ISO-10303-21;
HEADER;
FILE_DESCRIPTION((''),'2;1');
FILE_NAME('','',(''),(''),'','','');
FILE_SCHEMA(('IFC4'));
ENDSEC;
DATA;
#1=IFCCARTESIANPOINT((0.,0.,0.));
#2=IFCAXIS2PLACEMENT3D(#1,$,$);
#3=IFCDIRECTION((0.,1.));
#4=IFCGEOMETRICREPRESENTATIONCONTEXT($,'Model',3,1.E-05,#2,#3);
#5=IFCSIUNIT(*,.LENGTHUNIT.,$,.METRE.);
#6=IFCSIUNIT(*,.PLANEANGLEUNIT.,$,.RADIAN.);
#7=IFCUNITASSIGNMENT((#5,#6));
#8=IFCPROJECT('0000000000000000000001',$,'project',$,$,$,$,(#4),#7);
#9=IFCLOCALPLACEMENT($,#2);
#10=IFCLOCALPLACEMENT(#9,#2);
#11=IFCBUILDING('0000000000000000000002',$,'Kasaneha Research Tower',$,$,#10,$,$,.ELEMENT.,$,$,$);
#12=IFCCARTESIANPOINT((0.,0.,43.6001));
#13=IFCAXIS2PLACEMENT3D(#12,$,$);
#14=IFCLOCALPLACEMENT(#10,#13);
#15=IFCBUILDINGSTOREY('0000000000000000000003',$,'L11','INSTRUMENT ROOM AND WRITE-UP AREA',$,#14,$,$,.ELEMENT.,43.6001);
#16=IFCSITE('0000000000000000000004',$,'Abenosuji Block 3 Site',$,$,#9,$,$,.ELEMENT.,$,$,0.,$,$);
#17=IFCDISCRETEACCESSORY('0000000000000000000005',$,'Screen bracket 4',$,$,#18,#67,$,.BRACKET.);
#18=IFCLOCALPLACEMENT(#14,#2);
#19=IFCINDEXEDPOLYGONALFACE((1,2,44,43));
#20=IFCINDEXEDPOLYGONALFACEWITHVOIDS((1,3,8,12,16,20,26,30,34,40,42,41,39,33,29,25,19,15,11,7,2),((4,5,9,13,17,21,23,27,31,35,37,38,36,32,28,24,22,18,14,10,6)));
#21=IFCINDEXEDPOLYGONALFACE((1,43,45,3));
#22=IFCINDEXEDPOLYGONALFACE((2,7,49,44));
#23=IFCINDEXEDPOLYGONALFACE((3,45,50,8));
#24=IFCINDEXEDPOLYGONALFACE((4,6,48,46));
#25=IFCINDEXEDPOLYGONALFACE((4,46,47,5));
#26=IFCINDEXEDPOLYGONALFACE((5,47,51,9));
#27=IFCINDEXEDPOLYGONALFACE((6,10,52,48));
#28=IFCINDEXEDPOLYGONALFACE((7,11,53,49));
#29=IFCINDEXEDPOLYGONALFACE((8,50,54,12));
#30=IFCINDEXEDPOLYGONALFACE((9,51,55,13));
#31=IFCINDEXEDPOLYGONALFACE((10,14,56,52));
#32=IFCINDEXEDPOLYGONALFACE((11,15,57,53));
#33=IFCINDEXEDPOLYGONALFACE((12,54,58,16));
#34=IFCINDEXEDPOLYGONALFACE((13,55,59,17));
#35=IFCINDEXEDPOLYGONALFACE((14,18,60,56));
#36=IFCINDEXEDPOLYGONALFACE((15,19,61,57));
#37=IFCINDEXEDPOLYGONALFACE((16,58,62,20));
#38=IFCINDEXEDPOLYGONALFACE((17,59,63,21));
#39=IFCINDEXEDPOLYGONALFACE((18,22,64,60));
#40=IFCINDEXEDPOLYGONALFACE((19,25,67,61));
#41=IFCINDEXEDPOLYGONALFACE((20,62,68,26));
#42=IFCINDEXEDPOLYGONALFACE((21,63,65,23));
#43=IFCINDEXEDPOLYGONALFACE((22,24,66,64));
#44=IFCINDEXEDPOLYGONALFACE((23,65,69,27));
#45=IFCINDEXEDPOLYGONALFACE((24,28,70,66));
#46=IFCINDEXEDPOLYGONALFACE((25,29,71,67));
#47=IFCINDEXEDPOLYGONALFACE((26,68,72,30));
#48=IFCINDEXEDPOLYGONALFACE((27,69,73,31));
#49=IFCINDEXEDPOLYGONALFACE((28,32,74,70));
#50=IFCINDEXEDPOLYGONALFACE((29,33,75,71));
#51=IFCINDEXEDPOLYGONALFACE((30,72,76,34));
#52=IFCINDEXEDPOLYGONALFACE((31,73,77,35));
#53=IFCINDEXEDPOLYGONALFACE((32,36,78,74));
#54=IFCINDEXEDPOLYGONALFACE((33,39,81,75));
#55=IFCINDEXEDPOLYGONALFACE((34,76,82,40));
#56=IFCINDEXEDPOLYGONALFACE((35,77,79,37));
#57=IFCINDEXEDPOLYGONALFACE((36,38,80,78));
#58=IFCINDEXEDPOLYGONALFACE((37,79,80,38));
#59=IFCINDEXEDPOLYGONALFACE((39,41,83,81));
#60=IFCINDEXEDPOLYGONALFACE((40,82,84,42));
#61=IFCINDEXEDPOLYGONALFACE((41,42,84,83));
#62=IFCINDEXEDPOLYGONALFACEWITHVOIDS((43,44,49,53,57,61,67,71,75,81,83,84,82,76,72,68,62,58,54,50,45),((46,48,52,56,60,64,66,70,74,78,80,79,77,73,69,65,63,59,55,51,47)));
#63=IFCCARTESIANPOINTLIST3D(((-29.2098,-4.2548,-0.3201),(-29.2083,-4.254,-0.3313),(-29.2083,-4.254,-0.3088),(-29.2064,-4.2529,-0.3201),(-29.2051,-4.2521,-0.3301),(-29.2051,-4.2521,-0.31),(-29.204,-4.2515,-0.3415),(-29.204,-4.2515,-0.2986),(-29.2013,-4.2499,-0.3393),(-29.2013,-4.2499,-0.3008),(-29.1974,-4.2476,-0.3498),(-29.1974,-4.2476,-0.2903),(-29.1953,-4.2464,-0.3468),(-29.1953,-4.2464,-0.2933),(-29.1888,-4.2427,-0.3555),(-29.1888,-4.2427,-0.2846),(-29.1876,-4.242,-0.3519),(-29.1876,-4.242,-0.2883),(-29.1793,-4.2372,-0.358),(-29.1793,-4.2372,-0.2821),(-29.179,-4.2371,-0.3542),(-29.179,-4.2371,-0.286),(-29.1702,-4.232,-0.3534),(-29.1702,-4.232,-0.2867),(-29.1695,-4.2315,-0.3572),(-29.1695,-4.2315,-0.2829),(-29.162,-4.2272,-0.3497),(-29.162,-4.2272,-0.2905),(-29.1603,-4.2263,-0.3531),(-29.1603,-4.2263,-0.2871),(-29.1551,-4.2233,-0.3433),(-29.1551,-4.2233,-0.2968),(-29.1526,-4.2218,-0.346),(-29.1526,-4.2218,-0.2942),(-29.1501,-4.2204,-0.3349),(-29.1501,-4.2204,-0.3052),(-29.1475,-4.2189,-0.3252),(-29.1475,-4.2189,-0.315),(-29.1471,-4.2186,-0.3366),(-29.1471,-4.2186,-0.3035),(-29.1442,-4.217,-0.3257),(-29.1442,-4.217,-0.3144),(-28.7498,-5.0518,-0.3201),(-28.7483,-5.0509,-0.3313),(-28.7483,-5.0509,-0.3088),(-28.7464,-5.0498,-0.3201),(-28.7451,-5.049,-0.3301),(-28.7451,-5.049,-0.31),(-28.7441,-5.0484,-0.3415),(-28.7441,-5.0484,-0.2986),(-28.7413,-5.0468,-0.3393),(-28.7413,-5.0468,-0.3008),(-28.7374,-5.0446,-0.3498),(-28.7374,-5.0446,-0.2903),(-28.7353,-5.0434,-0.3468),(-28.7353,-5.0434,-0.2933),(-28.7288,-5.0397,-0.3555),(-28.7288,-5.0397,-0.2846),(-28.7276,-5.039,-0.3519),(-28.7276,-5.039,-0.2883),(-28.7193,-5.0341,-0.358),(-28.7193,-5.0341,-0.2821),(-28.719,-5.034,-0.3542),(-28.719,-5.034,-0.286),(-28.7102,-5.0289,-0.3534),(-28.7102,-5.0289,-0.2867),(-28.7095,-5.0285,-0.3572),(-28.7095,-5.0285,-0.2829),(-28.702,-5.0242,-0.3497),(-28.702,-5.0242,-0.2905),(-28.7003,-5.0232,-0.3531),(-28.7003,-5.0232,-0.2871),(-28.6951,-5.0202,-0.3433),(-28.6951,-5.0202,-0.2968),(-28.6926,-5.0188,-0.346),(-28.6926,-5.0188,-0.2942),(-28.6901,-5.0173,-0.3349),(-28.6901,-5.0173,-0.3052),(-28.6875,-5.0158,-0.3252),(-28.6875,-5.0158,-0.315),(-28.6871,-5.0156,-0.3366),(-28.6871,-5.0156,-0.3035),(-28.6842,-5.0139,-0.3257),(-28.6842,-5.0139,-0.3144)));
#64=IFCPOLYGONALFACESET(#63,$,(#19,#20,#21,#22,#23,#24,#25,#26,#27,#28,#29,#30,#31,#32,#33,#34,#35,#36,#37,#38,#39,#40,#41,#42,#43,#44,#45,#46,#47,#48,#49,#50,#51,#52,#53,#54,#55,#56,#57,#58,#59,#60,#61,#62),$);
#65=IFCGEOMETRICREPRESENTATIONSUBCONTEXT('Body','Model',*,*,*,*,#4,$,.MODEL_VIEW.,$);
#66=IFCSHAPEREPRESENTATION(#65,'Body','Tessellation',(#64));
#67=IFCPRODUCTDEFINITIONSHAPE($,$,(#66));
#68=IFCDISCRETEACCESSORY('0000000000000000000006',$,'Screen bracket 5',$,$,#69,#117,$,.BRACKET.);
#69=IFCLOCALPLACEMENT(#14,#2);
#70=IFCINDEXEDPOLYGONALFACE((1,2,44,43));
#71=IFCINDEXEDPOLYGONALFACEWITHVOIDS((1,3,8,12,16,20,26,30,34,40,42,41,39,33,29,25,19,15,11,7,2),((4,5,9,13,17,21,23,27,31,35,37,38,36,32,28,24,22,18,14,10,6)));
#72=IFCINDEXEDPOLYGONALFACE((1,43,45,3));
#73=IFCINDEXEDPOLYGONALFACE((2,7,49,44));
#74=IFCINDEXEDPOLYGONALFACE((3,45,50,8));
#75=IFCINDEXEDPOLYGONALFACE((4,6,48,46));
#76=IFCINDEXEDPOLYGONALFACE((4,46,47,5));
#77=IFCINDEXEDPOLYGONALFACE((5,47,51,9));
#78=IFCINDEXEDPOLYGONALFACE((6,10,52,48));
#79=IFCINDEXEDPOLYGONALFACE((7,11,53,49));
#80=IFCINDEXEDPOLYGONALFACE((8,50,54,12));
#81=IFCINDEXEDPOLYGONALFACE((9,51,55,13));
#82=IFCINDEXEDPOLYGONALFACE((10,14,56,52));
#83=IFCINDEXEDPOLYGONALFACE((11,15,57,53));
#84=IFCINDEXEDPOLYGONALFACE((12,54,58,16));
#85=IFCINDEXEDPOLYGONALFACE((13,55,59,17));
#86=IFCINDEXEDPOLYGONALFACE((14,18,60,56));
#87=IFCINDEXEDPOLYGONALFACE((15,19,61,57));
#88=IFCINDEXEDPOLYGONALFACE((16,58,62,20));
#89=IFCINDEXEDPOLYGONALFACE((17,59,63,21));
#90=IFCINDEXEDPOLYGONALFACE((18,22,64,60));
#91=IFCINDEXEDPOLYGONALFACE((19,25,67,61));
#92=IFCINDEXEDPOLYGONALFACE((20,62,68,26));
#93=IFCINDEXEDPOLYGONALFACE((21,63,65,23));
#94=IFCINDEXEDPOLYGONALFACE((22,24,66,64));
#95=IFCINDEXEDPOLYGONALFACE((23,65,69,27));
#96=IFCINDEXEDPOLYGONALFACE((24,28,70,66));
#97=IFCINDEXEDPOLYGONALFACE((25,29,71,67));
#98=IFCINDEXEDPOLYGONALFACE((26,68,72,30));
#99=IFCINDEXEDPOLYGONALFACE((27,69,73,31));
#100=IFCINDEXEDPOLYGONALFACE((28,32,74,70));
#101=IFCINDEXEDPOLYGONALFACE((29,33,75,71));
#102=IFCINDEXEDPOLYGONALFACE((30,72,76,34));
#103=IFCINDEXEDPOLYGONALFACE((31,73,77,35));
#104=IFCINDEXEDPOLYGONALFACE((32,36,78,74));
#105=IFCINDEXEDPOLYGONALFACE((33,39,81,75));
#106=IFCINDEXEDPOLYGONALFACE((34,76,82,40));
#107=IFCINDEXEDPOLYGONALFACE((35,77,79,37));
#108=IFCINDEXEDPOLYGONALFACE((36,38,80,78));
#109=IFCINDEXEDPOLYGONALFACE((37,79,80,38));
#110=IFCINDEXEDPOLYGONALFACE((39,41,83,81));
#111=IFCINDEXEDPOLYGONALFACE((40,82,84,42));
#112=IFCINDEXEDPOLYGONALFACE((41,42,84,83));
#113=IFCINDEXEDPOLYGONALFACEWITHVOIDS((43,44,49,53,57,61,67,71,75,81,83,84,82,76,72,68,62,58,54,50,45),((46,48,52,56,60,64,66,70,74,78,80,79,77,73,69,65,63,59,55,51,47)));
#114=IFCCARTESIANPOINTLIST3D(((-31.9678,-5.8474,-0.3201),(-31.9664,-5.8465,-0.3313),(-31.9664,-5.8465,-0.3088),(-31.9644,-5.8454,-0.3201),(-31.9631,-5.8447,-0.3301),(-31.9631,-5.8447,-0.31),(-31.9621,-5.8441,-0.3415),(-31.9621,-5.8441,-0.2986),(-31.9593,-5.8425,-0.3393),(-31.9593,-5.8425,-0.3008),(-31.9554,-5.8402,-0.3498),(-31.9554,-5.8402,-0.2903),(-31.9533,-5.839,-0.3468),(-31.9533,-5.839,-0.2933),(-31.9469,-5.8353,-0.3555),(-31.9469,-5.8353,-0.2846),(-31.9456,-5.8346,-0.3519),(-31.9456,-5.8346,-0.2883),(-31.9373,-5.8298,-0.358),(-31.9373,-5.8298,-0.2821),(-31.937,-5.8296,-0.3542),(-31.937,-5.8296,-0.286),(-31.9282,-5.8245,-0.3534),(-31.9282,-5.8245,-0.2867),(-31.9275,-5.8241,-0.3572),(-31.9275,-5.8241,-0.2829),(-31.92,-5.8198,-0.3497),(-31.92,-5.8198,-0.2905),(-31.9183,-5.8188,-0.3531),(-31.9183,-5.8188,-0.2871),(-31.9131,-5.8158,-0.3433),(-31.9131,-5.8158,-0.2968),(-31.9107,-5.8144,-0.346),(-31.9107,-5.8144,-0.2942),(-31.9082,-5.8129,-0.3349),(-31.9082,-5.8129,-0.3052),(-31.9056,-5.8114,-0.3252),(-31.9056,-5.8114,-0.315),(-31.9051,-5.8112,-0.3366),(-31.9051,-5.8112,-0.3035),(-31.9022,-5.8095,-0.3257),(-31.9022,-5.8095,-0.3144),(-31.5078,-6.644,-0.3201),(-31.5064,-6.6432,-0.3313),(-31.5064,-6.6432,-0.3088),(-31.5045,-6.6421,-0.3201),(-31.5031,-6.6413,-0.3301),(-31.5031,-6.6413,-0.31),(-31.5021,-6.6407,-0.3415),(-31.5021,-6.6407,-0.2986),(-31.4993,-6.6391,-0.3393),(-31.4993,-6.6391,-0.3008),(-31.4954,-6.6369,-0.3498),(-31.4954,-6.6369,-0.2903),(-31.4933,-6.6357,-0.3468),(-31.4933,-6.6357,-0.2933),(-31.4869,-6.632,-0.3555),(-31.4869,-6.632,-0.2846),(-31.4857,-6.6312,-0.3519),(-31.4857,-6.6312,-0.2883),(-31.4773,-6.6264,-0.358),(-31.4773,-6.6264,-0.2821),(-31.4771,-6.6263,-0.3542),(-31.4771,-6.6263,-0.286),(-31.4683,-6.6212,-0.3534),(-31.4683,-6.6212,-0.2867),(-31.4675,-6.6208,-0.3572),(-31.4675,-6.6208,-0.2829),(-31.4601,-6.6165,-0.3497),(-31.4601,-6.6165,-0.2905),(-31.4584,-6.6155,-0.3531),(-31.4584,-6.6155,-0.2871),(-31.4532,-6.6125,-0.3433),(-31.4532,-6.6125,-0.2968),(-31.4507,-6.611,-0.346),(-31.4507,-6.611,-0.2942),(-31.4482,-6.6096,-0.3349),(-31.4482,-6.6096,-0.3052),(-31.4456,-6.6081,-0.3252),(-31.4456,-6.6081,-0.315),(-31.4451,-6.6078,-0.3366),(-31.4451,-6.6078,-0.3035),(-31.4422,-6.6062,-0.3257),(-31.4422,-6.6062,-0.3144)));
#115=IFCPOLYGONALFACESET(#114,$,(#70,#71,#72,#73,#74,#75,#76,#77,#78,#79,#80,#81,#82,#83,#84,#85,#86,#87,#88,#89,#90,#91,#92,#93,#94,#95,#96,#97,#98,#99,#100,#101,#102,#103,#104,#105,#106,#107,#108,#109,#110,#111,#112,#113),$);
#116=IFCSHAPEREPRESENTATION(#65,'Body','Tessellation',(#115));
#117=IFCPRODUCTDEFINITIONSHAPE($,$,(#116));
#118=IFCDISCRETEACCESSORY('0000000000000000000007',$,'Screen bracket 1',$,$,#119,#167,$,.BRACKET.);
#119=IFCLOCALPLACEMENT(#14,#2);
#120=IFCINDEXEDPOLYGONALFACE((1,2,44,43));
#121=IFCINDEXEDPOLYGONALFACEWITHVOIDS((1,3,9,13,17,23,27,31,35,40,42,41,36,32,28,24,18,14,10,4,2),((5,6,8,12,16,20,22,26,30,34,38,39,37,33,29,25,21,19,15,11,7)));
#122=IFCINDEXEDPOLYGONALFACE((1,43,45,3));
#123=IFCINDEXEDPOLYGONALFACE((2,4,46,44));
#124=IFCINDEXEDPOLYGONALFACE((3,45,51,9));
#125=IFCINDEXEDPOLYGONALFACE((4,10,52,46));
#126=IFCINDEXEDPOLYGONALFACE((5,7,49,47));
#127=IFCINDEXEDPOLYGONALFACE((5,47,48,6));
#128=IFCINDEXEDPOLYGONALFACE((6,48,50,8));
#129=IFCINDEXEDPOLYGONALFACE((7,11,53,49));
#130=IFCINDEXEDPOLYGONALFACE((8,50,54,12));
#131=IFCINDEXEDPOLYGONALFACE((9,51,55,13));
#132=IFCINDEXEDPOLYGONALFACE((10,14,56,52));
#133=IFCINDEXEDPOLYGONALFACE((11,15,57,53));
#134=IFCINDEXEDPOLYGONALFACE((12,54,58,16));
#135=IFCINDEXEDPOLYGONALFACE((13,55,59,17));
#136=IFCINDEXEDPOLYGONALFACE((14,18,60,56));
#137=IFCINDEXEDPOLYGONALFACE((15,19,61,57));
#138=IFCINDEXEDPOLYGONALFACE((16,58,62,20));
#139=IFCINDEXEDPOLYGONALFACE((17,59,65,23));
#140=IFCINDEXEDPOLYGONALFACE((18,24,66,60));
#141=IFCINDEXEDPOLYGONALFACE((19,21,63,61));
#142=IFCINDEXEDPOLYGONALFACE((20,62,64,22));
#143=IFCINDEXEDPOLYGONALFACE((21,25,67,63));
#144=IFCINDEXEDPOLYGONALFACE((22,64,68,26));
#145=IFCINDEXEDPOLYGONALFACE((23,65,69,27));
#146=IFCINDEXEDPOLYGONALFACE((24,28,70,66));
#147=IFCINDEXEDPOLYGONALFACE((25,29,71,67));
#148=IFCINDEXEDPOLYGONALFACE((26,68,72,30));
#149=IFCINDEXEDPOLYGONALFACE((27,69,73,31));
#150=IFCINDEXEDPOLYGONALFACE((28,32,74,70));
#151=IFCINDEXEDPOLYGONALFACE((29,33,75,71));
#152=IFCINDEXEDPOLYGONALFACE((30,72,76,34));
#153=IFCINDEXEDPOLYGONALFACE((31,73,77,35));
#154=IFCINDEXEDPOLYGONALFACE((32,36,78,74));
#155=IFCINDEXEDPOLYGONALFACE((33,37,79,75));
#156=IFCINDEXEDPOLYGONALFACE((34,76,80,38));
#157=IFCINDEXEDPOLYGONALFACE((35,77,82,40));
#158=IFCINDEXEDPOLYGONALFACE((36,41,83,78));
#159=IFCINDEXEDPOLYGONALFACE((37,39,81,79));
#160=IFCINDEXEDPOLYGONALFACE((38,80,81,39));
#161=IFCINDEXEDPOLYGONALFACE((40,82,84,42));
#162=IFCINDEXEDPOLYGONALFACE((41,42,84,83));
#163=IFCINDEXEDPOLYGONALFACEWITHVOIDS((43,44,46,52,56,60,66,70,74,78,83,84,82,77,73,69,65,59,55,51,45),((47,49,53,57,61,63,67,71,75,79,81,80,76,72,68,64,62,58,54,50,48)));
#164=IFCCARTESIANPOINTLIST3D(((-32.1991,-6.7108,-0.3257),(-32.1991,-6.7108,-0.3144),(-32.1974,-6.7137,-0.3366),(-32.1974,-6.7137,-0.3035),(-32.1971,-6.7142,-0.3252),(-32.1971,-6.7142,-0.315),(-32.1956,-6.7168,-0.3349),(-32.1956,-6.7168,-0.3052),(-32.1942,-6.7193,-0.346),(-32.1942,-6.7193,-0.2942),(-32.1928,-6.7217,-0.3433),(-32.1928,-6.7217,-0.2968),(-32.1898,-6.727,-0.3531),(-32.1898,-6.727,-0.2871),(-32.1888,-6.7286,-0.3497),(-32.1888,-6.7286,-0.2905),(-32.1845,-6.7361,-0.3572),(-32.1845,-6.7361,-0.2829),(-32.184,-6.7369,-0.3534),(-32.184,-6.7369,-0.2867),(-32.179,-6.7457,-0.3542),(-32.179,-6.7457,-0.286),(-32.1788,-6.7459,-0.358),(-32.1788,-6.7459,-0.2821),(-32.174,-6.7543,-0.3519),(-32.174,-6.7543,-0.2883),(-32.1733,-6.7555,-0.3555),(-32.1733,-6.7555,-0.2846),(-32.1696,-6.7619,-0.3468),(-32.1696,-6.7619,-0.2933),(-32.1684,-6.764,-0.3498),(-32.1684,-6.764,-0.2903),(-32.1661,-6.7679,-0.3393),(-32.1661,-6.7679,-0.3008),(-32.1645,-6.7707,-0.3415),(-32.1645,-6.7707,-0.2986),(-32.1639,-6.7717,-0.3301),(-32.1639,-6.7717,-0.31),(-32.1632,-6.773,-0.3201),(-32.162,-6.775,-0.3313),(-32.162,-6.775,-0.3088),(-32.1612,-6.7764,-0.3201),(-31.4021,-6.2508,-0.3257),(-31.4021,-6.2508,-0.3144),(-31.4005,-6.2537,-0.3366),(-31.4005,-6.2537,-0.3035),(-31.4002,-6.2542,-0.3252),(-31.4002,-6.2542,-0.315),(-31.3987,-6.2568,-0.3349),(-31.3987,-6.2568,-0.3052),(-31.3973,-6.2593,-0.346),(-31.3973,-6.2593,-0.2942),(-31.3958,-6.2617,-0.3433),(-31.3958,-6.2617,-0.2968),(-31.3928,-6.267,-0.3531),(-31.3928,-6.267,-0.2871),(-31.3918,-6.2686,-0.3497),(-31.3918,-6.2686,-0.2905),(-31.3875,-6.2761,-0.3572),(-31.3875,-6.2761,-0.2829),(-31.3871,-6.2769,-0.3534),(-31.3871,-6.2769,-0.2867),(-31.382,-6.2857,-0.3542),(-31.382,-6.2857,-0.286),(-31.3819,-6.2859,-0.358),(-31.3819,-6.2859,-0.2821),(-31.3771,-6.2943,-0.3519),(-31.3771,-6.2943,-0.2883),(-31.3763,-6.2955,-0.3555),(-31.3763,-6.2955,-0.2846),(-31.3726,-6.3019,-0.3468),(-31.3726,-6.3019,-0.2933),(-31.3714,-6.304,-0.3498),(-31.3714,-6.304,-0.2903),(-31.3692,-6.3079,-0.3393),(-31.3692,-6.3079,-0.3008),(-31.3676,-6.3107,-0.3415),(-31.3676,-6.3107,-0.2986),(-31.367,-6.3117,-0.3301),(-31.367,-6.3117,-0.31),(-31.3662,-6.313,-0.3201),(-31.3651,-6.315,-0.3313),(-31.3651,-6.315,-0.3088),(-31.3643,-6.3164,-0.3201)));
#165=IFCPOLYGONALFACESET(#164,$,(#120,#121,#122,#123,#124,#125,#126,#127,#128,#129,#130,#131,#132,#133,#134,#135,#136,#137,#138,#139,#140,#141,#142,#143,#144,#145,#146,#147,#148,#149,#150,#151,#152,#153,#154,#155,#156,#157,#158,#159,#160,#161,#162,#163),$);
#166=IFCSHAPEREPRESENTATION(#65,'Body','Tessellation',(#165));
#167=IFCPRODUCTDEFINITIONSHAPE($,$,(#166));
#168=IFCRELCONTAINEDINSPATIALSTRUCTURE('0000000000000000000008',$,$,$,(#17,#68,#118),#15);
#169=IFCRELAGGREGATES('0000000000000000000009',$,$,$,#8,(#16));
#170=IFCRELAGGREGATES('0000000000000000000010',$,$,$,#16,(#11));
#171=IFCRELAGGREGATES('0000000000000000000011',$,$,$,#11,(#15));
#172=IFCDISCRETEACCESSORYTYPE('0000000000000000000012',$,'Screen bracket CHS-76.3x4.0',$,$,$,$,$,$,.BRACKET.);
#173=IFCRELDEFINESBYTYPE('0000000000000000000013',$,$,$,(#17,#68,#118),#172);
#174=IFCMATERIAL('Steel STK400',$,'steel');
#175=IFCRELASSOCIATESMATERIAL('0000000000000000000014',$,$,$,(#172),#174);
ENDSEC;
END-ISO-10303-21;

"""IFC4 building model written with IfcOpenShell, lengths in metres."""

from ifc_helpers import new_model, si_unit, direction, frame, origin, origin_2d, place, context, subcontext, project, spatial, hollow_circle, extrude, material, material_profile, profile_set, type_object, element, save


model = new_model("IFC4")

# Units and contexts
model_context = context("Model", 3, precision=1e-05, world=origin(), true_north=direction((0.0, 1.0)))
body_context = subcontext(model_context, "Body", "Model", "MODEL_VIEW")
ifc_project = project(units=[si_unit("LENGTHUNIT", "METRE"), si_unit("PLANEANGLEUNIT", "RADIAN")], contexts=[model_context])

# Site, building, storey
site_placement = place(None, origin())
site = spatial("IfcSite", under=ifc_project, at=site_placement, Name="Abenosuji Block 3 Site", CompositionType="ELEMENT", RefElevation=0.0)
building_placement = place(site_placement, origin())
building = spatial("IfcBuilding", under=site, at=building_placement, Name="Kasaneha Research Tower", CompositionType="ELEMENT")
storey_placement = place(building_placement, frame((0.0, 0.0, 43.6001)))
storey = spatial("IfcBuildingStorey", under=building, at=storey_placement, Name="L11", Description="INSTRUMENT ROOM AND WRITE-UP AREA", CompositionType="ELEMENT", Elevation=43.6001)

# Discrete accessories
ifc_material_1 = material(Name="Steel STK400", Category="steel")
ifc_material_profile_1 = material_profile(ifc_material_1, hollow_circle(Radius=0.0381, WallThickness=0.0039, at=origin_2d()), Name="CHS-76.3x4.0")
ifc_profile_set_1 = profile_set([ifc_material_profile_1], Name="Steel STK400")
discrete_accessory_type = type_object("IfcDiscreteAccessoryType", Name="Screen bracket CHS-76.3x4.0", PredefinedType="BRACKET", material=ifc_profile_set_1)
discrete_accessory_1_placement = place(storey_placement, frame((-28.7168, -5.0327, -0.3201), z_axis=(-0.499906, 0.86608, 0.0), x_axis=(-0.86608, -0.499906, 0.0)))
element("IfcDiscreteAccessory", 1, at=discrete_accessory_1_placement, inside=storey, type_object=discrete_accessory_type, Name="Screen bracket 4", PredefinedType="BRACKET", context=body_context, shape_type="SweptSolid", body=[
    extrude(hollow_circle(Radius=0.0381, WallThickness=0.0039, at=origin_2d()), origin(), (0.0, 0.0, 1.0), 0.9202),
])
discrete_accessory_2_placement = place(storey_placement, frame((-31.4749, -6.625, -0.3201), z_axis=(-0.500021, 0.866013, 0.0), x_axis=(-0.866013, -0.500021, 0.0)))
element("IfcDiscreteAccessory", 2, at=discrete_accessory_2_placement, inside=storey, type_object=discrete_accessory_type, Name="Screen bracket 5", PredefinedType="BRACKET", context=body_context, shape_type="SweptSolid", body=[
    extrude(hollow_circle(Radius=0.0381, WallThickness=0.0039, at=origin_2d()), origin(), (0.0, 0.0, 1.0), 0.9199),
])
discrete_accessory_3_placement = place(storey_placement, frame((-31.3833, -6.2834, -0.3201), z_axis=(-0.86608, -0.499906, 0.0), x_axis=(0.499906, -0.86608, 0.0)))
element("IfcDiscreteAccessory", 3, at=discrete_accessory_3_placement, inside=storey, type_object=discrete_accessory_type, Name="Screen bracket 1", PredefinedType="BRACKET", context=body_context, shape_type="SweptSolid", body=[
    extrude(hollow_circle(Radius=0.0381, WallThickness=0.0039, at=origin_2d()), origin(), (0.0, 0.0, 1.0), 0.9202),
])

save(model, "model.ifc")
